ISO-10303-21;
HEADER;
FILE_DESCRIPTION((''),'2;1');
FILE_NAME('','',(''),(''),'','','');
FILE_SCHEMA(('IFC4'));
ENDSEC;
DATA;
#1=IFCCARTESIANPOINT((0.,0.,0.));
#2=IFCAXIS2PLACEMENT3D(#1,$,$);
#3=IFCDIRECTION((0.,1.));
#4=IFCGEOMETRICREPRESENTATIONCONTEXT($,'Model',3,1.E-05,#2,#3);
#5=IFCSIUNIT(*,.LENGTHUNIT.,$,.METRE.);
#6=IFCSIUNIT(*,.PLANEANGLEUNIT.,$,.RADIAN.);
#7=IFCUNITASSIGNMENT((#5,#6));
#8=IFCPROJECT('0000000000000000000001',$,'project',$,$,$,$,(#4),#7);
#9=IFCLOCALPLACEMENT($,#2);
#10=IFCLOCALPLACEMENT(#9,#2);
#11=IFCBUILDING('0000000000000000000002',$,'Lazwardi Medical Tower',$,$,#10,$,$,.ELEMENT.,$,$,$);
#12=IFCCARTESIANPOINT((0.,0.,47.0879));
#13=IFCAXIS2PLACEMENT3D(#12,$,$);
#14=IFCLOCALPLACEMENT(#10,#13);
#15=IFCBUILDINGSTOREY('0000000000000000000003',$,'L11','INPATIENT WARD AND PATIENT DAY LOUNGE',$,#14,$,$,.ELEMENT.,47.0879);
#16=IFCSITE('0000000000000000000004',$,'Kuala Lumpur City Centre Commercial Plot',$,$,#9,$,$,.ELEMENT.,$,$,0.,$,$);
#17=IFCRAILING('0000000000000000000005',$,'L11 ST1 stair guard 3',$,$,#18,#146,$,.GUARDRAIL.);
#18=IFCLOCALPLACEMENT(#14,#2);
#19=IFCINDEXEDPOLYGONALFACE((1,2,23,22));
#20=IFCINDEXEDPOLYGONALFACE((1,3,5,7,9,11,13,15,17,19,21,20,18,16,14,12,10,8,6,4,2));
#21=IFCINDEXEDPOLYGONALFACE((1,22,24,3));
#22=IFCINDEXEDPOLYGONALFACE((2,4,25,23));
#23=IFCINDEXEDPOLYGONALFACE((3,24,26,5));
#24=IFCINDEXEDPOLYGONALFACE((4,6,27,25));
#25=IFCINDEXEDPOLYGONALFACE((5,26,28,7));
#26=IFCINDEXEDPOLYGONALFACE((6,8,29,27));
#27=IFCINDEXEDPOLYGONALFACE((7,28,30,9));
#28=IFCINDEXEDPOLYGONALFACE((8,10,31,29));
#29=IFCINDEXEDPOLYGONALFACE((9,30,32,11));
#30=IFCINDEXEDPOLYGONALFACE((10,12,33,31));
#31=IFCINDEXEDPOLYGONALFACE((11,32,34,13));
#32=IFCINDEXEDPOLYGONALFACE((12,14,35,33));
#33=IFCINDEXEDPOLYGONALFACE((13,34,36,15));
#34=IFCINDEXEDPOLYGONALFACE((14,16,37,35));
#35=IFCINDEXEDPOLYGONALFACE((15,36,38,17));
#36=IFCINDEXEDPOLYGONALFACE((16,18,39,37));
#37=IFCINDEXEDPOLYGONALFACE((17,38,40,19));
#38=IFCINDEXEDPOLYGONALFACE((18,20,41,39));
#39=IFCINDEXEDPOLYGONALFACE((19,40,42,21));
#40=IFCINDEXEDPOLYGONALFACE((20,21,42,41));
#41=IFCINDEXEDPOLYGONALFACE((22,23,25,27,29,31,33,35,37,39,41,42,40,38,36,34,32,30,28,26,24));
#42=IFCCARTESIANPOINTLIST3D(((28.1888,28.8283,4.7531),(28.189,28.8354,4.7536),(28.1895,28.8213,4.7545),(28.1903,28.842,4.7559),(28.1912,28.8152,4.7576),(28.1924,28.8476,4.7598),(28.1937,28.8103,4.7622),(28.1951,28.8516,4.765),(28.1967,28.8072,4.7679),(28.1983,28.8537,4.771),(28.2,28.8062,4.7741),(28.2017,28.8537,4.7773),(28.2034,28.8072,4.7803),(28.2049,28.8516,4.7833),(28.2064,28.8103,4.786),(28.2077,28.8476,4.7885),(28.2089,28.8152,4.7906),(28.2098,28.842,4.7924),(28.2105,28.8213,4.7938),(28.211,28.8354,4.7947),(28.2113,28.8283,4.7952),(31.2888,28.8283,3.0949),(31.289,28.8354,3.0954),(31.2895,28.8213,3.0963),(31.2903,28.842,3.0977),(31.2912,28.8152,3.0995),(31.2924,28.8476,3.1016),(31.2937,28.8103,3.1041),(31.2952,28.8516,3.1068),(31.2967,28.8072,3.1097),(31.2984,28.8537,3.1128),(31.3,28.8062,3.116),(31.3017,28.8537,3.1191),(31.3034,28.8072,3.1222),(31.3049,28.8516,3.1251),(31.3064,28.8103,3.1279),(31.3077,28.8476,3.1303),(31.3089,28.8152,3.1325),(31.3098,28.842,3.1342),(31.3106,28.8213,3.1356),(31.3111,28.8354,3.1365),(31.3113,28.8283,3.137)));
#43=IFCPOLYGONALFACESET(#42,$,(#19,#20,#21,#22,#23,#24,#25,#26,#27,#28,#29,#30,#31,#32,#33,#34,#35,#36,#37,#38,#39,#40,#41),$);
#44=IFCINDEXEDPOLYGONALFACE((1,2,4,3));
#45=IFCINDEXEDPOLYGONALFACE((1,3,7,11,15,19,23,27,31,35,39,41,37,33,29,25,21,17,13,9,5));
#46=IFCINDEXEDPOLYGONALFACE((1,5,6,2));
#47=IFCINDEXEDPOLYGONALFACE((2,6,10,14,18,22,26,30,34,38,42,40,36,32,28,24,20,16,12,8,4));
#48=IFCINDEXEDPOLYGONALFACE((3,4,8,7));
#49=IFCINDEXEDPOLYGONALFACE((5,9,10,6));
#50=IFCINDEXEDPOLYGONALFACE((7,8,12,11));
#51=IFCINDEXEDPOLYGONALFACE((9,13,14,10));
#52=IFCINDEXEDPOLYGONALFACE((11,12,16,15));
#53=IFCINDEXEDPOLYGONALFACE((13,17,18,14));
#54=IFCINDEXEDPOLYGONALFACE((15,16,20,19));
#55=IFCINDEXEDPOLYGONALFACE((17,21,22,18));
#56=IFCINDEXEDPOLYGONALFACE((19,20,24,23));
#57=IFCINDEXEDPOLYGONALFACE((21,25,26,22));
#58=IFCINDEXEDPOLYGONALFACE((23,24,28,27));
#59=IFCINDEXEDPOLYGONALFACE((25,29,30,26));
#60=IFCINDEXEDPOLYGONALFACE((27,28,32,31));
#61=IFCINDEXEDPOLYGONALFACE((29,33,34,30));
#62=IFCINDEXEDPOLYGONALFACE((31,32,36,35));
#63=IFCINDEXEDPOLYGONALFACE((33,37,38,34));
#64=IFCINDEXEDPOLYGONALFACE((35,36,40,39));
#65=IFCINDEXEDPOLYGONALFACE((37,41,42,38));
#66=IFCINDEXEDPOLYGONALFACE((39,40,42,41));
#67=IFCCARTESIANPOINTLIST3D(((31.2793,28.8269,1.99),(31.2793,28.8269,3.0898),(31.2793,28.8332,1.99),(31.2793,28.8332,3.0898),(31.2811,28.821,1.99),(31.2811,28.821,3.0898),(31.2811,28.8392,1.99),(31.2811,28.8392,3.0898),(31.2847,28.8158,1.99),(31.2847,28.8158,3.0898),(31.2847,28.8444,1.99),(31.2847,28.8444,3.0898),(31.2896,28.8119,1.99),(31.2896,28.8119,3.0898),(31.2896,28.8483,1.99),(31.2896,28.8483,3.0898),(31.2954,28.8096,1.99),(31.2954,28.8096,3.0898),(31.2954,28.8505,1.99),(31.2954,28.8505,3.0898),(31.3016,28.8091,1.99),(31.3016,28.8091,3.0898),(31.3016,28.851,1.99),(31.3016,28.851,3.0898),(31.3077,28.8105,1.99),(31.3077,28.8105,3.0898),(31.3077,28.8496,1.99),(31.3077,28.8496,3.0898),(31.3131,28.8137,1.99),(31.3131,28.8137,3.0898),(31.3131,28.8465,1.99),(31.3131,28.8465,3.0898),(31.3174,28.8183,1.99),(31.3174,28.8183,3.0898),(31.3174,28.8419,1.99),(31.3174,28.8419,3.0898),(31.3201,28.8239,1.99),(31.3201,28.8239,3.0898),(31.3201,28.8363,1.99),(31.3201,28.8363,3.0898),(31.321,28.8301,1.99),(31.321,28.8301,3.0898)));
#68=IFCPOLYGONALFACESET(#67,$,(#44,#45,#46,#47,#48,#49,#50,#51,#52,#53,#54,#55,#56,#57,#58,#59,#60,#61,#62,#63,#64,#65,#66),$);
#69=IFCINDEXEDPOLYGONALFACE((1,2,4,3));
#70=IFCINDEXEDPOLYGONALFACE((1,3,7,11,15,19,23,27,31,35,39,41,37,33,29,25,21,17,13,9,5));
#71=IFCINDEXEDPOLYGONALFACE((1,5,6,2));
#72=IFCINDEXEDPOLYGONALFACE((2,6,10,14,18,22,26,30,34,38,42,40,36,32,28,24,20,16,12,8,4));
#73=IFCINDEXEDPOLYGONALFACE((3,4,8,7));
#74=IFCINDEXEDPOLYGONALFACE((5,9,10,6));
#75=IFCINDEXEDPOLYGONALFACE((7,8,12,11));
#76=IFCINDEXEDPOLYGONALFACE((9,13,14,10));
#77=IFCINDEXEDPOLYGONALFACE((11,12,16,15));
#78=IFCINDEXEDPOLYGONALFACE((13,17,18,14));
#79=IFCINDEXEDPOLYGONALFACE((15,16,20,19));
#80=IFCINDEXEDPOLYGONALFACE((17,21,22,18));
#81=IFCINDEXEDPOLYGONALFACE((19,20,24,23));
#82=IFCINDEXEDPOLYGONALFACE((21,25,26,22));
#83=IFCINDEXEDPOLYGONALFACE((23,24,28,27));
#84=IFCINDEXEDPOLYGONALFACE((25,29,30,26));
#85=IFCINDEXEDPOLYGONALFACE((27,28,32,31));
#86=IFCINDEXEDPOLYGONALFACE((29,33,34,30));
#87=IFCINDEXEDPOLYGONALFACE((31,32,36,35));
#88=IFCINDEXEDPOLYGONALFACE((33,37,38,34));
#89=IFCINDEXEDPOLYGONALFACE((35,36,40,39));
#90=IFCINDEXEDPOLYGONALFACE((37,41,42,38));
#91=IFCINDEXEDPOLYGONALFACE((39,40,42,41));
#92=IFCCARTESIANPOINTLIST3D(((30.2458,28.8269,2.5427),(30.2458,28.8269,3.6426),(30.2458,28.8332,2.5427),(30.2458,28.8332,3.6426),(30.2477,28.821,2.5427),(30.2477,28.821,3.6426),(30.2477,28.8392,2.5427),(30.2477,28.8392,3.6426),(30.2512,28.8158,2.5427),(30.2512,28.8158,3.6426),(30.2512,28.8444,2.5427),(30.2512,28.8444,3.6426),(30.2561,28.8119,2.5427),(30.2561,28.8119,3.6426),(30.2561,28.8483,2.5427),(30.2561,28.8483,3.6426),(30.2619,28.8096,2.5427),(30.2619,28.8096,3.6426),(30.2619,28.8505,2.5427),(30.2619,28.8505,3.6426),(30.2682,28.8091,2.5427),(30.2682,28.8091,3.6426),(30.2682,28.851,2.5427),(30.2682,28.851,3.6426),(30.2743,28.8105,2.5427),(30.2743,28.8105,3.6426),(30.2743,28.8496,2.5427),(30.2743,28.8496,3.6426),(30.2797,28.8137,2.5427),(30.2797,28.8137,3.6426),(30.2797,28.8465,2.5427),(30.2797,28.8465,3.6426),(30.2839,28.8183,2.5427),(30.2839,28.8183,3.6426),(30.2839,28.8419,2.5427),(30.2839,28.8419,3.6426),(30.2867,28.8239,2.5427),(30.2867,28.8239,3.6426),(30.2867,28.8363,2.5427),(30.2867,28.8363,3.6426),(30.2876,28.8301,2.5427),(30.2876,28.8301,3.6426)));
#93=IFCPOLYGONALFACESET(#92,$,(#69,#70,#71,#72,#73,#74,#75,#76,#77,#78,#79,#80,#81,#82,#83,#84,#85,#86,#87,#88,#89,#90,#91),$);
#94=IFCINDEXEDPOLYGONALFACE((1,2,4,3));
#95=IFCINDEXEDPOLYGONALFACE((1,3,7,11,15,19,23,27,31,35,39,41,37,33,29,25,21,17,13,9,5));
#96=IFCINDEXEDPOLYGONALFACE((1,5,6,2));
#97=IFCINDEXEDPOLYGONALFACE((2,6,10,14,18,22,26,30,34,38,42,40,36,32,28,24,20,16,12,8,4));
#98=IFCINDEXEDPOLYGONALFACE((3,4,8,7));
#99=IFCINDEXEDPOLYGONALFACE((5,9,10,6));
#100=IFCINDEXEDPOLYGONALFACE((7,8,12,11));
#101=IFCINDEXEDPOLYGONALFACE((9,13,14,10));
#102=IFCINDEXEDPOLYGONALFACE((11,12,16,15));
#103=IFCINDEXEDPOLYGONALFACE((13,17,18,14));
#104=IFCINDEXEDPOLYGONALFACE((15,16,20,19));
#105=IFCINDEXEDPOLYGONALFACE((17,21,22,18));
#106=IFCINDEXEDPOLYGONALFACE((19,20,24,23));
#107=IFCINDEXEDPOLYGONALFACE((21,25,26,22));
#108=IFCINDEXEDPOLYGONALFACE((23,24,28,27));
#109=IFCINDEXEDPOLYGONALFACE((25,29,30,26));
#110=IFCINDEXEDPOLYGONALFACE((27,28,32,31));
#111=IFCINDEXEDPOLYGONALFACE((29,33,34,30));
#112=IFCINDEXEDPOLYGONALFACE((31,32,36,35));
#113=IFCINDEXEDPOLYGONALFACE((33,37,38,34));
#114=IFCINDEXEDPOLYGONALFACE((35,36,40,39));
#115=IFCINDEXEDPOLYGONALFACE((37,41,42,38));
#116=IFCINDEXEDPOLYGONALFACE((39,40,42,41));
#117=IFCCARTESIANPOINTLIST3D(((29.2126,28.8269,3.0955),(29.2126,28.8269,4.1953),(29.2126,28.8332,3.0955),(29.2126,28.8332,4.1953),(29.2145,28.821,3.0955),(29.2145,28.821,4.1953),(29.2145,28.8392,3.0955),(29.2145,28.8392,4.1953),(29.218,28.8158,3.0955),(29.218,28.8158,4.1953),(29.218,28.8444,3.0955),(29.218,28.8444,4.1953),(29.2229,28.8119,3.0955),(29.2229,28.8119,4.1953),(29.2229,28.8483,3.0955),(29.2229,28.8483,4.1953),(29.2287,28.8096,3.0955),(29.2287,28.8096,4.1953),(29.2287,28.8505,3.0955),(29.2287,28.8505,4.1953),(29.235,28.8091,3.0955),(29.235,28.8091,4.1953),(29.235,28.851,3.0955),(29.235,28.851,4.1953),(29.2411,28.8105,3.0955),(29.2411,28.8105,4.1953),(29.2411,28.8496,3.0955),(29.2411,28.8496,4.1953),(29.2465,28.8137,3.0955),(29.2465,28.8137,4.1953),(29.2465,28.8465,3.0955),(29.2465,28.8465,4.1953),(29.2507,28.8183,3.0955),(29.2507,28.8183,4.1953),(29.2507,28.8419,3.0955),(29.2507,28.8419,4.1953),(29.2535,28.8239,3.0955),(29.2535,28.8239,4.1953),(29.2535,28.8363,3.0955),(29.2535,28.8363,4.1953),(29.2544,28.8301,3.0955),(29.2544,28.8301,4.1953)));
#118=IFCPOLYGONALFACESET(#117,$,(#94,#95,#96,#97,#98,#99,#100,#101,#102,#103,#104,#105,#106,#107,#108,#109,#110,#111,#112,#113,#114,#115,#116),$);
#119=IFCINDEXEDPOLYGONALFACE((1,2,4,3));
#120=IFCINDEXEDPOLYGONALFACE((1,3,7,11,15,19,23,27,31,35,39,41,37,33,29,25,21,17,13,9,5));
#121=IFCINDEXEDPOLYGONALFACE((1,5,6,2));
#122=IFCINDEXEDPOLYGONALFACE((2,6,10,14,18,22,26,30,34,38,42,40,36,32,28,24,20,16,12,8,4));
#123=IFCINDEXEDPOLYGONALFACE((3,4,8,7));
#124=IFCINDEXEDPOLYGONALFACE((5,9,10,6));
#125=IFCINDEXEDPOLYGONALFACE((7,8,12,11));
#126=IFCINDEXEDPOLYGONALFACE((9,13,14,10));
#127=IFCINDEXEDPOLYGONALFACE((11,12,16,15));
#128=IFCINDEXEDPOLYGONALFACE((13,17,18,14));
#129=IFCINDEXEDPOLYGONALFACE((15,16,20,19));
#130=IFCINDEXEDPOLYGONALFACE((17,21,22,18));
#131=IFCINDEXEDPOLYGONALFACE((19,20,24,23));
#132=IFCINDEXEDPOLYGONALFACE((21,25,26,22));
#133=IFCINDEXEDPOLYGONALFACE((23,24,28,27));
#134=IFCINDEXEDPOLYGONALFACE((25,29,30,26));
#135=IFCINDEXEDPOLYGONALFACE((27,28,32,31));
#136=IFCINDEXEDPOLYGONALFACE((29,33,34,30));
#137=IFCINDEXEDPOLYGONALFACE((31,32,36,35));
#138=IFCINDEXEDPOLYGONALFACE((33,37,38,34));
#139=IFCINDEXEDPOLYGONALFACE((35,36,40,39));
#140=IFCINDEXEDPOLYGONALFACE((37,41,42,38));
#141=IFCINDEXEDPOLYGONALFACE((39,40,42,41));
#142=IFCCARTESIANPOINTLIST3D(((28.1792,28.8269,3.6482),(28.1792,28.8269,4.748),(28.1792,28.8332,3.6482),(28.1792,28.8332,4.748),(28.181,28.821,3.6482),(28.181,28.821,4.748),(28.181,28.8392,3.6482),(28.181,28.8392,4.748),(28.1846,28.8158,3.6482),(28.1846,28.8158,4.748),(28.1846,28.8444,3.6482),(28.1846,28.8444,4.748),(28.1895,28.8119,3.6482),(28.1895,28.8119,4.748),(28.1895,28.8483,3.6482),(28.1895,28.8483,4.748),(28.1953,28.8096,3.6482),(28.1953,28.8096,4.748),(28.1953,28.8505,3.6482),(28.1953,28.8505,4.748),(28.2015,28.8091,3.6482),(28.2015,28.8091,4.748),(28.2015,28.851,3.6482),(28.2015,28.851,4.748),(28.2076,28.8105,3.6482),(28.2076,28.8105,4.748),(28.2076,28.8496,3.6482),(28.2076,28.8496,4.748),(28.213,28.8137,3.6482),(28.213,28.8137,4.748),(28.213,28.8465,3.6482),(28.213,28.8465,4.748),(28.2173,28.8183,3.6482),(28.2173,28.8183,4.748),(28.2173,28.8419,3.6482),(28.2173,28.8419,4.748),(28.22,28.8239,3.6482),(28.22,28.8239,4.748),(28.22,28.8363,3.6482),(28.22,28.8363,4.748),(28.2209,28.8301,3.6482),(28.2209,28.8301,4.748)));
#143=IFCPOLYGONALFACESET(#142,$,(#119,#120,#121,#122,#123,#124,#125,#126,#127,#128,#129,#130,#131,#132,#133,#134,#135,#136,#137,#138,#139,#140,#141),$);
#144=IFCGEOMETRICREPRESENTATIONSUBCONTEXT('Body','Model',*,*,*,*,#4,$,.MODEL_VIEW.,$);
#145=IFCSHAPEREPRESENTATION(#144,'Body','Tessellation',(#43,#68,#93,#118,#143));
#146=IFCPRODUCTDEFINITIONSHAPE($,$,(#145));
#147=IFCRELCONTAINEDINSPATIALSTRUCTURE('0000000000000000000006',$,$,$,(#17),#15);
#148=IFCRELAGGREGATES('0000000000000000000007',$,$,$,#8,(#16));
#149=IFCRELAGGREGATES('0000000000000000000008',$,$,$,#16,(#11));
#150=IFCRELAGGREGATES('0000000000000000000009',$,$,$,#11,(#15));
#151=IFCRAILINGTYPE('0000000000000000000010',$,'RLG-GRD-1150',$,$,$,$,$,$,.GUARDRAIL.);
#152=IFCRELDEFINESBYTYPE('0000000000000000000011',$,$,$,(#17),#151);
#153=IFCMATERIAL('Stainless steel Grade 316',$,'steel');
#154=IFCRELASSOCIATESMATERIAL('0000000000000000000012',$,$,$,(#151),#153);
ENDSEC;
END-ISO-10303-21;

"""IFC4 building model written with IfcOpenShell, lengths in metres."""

from ifc_helpers import new_model, si_unit, direction, frame, origin, origin_2d, place, context, subcontext, project, spatial, circle, extrude, material, type_object, element, save


model = new_model("IFC4")

# Units and contexts
model_context = context("Model", 3, precision=1e-05, world=origin(), true_north=direction((0.0, 1.0)))
body_context = subcontext(model_context, "Body", "Model", "MODEL_VIEW")
ifc_project = project(units=[si_unit("LENGTHUNIT", "METRE"), si_unit("PLANEANGLEUNIT", "RADIAN")], contexts=[model_context])

# Site, building, storey
site_placement = place(None, origin())
site = spatial("IfcSite", under=ifc_project, at=site_placement, Name="Kuala Lumpur City Centre Commercial Plot", CompositionType="ELEMENT", RefElevation=0.0)
building_placement = place(site_placement, origin())
building = spatial("IfcBuilding", under=site, at=building_placement, Name="Lazwardi Medical Tower", CompositionType="ELEMENT")
storey_placement = place(building_placement, frame((0.0, 0.0, 47.0879)))
storey = spatial("IfcBuildingStorey", under=building, at=storey_placement, Name="L11", Description="INPATIENT WARD AND PATIENT DAY LOUNGE", CompositionType="ELEMENT", Elevation=47.0879)

# Railing
ifc_material_1 = material(Name="Stainless steel Grade 316", Category="steel")
railing_type_1 = type_object("IfcRailingType", Name="RLG-GRD-1150", PredefinedType="GUARDRAIL", material=ifc_material_1)
railing_1_placement = place(storey_placement, frame((31.3, 28.8301, 1.99)))
element("IfcRailing", 1, at=railing_1_placement, inside=storey, type_object=railing_type_1, Name="L11 ST1 stair guard 3", PredefinedType="GUARDRAIL", context=body_context, shape_type="SweptSolid", body=[
    extrude(circle(Radius=0.0239, at=origin_2d()), frame((0.0, 0.0, 1.126), z_axis=(-0.881783, 0.0, 0.471655), x_axis=(0.0, -1.0, 0.0)), (0.0, 0.0, 1.0), 3.5156),
    extrude(circle(Radius=0.021, at=origin_2d()), origin(), (0.0, 0.0, 1.0), 1.0999),
    extrude(circle(Radius=0.021, at=origin_2d()), frame((-1.0334, 0.0, 0.5527)), (0.0, 0.0, 1.0), 1.0999),
    extrude(circle(Radius=0.021, at=origin_2d()), frame((-2.0667, 0.0, 1.1055)), (0.0, 0.0, 1.0), 1.0999),
    extrude(circle(Radius=0.021, at=origin_2d()), frame((-3.1001, 0.0, 1.6582)), (0.0, 0.0, 1.0), 1.0999),
])

save(model, "model.ifc")
